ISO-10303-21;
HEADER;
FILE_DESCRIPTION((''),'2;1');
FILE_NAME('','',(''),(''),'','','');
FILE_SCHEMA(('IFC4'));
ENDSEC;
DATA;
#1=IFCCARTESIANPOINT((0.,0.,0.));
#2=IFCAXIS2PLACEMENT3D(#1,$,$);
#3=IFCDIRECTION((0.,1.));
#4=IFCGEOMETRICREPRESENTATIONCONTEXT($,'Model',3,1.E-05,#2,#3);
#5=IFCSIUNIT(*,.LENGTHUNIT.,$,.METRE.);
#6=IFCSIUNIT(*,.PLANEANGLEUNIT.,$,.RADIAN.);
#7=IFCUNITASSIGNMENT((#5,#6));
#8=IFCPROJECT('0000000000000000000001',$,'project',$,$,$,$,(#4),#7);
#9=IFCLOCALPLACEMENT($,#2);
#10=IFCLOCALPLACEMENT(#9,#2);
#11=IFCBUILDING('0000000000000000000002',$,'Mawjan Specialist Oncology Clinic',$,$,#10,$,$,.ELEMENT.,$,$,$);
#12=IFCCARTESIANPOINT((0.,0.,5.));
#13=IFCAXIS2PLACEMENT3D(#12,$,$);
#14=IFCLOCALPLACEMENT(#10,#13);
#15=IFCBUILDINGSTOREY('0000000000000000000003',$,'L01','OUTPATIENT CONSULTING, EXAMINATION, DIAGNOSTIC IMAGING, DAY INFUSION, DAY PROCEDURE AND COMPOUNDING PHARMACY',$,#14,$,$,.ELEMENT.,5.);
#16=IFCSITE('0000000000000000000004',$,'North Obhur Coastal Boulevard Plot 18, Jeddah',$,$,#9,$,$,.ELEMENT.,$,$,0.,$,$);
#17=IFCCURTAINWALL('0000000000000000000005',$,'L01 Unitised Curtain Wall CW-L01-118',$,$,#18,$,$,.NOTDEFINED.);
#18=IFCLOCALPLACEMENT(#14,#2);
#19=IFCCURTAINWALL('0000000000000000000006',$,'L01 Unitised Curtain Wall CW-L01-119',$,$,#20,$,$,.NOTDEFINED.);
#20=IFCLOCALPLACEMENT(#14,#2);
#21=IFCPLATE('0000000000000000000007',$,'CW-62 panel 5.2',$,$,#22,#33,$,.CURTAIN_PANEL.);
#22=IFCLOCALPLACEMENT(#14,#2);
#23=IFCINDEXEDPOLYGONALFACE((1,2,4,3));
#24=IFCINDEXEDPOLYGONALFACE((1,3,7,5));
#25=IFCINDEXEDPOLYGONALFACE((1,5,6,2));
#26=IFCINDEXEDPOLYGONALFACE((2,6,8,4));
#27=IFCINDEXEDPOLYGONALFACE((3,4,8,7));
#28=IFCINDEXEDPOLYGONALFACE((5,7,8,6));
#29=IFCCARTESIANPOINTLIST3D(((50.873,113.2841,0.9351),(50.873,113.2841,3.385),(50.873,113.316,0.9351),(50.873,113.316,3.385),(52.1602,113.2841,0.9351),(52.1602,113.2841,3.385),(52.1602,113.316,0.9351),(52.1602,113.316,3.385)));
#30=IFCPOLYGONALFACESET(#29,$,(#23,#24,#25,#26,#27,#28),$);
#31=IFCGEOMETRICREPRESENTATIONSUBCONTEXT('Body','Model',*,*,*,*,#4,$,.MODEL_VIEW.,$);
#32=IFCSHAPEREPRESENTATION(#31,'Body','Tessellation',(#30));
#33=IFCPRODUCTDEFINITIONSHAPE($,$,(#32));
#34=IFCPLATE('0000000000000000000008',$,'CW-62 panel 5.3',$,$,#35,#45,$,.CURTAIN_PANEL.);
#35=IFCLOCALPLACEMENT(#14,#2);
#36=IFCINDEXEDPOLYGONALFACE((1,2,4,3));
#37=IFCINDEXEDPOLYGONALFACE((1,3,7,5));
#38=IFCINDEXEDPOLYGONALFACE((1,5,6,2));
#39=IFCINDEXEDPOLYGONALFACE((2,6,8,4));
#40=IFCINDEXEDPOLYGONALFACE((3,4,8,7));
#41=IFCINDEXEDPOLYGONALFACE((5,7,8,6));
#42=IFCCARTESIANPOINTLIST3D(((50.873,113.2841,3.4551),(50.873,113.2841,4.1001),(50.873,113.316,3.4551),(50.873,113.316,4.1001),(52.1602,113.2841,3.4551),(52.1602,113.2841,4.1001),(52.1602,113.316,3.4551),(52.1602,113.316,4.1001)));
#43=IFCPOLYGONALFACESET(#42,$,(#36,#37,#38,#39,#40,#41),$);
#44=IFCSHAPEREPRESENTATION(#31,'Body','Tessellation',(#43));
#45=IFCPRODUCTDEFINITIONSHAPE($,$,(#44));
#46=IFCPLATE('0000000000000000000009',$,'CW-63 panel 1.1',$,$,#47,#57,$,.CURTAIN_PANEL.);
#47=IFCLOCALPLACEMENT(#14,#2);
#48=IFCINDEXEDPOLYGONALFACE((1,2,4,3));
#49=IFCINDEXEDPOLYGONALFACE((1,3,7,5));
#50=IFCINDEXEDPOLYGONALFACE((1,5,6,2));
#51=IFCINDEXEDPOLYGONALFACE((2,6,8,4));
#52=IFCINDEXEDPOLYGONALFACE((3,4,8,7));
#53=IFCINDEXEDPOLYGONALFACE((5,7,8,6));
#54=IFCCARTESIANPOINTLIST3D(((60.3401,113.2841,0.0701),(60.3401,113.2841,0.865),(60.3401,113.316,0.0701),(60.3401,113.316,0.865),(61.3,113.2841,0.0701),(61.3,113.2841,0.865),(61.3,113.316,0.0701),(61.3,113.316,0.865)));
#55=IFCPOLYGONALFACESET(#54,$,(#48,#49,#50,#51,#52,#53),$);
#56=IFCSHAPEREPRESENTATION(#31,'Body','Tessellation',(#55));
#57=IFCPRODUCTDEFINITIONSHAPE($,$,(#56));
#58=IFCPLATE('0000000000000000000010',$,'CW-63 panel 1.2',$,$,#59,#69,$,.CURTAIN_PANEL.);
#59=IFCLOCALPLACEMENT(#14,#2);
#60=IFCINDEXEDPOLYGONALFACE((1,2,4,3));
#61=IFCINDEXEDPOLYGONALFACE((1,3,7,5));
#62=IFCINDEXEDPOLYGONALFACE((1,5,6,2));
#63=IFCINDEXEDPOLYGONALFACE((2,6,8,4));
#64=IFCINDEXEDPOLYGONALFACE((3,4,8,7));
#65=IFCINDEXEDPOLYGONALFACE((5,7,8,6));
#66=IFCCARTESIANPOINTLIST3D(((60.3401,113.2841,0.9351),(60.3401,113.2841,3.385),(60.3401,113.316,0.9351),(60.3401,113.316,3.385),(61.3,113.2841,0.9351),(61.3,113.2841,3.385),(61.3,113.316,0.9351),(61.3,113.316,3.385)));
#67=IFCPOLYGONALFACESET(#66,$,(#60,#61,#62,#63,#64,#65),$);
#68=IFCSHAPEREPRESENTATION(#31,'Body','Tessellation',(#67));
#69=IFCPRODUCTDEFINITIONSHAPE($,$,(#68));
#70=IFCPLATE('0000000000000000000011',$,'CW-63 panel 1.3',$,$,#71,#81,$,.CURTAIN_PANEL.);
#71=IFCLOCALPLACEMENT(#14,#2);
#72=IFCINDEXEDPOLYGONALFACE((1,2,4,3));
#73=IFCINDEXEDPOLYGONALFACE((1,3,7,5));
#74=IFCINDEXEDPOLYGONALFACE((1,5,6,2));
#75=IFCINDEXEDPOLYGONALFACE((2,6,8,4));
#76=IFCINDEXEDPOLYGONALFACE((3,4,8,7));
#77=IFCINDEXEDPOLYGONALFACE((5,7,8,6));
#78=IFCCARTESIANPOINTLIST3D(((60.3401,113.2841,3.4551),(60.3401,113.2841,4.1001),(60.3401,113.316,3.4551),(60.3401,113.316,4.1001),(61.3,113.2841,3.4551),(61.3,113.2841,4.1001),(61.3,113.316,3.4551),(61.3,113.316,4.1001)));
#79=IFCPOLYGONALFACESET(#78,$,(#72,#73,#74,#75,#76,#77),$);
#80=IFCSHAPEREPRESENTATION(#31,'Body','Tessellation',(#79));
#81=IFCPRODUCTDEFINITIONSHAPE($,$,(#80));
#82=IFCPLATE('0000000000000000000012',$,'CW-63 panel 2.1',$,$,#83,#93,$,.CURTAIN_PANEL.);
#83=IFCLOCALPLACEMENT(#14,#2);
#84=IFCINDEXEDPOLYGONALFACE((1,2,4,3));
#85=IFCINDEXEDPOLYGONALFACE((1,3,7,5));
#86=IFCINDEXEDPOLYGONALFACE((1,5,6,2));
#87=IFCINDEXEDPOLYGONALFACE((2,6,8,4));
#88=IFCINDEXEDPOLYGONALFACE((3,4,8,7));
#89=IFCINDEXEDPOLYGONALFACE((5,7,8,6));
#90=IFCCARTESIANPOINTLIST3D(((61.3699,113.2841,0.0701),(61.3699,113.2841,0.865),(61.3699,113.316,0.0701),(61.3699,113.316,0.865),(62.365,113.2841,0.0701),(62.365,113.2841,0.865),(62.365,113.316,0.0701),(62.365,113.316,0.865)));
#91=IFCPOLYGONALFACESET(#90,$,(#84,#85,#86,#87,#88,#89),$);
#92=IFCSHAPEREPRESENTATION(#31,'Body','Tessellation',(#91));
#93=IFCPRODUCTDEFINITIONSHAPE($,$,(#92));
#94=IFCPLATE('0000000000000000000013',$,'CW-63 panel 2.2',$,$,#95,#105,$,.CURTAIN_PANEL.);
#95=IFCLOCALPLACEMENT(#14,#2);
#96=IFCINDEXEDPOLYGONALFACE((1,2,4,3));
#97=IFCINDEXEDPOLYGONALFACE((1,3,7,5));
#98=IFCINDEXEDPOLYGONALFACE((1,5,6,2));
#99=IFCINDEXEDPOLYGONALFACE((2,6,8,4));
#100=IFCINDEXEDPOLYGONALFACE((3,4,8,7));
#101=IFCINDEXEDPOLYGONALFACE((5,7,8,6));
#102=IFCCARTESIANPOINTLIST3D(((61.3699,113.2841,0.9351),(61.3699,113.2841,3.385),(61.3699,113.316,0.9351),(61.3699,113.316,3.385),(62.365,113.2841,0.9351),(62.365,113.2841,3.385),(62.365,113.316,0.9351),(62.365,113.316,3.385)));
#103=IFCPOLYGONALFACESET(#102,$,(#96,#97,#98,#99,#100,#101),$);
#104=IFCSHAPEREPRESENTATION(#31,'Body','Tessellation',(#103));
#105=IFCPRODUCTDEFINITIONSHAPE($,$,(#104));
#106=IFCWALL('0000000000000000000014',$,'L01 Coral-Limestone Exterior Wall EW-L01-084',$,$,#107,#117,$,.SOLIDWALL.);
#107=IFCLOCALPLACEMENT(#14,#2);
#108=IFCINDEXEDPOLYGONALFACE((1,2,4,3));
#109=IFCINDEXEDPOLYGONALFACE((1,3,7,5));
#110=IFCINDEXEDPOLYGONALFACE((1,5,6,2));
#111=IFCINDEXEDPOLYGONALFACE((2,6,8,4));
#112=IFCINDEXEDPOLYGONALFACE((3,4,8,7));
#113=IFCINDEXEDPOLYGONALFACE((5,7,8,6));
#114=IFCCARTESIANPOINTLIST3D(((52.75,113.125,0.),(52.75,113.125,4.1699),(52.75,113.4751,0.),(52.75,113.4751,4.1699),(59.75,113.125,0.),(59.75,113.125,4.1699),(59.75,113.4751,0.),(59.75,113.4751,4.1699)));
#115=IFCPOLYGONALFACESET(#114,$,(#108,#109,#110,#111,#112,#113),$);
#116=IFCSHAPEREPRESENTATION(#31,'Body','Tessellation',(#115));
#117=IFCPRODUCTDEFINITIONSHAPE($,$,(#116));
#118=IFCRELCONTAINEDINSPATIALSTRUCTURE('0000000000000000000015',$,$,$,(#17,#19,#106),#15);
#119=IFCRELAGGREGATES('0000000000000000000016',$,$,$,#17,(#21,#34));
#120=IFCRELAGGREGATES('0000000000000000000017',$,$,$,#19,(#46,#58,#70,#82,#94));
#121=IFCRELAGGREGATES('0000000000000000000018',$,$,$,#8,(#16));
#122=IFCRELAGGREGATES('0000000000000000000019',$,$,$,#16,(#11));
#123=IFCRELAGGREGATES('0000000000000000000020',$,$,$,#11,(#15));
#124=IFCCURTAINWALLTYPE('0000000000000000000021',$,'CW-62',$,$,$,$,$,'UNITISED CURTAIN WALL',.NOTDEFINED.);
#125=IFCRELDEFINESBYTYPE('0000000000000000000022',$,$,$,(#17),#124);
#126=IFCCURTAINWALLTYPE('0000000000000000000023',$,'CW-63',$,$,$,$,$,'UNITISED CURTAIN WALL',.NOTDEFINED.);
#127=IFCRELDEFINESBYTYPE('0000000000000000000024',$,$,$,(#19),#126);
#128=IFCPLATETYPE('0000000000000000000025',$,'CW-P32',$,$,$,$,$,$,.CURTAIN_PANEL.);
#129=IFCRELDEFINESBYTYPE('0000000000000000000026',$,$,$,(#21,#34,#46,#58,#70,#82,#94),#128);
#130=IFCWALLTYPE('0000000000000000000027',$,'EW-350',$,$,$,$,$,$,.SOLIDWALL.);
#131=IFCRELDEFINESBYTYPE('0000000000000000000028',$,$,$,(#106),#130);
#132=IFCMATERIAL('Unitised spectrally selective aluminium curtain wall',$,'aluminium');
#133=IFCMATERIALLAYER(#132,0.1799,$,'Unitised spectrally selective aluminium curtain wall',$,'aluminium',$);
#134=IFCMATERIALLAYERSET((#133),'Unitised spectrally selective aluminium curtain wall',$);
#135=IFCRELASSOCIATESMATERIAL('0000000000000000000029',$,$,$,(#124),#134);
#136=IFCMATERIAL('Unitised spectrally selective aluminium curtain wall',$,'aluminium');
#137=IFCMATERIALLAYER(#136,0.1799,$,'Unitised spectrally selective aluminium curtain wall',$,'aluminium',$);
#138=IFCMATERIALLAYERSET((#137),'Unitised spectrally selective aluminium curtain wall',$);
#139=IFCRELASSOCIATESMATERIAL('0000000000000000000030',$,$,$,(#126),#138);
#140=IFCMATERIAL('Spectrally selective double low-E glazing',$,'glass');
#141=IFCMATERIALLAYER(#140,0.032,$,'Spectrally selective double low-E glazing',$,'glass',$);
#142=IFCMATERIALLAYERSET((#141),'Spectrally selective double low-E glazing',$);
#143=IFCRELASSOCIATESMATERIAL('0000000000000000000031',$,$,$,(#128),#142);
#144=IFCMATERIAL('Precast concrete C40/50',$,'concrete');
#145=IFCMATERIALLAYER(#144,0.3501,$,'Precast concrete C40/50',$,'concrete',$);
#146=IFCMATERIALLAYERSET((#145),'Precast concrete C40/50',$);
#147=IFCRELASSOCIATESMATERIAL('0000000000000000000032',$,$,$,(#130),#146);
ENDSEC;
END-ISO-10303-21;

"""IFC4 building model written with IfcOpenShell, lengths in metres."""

from ifc_helpers import new_model, si_unit, direction, frame, frame_2d, origin, origin_2d, place, context, subcontext, project, spatial, rectangle, extrude, material, layer, layer_set, type_object, element, aggregate, save


model = new_model("IFC4")

# Units and contexts
model_context = context("Model", 3, precision=1e-05, world=origin(), true_north=direction((0.0, 1.0)))
body_context = subcontext(model_context, "Body", "Model", "MODEL_VIEW")
ifc_project = project(units=[si_unit("LENGTHUNIT", "METRE"), si_unit("PLANEANGLEUNIT", "RADIAN")], contexts=[model_context])

# Site, building, storey
site_placement = place(None, origin())
site = spatial("IfcSite", under=ifc_project, at=site_placement, Name="North Obhur Coastal Boulevard Plot 18, Jeddah", CompositionType="ELEMENT", RefElevation=0.0)
building_placement = place(site_placement, origin())
building = spatial("IfcBuilding", under=site, at=building_placement, Name="Mawjan Specialist Oncology Clinic", CompositionType="ELEMENT")
storey_placement = place(building_placement, frame((0.0, 0.0, 5.0)))
storey = spatial("IfcBuildingStorey", under=building, at=storey_placement, Name="L01", Description="OUTPATIENT CONSULTING, EXAMINATION, DIAGNOSTIC IMAGING, DAY INFUSION, DAY PROCEDURE AND COMPOUNDING PHARMACY", CompositionType="ELEMENT", Elevation=5.0)

# Curtain walls
ifc_material_1 = material(Name="Unitised spectrally selective aluminium curtain wall", Category="aluminium")
ifc_layer_1 = layer(ifc_material_1, 0.1799, Name="Unitised spectrally selective aluminium curtain wall", Category="aluminium")
ifc_layer_set_1 = layer_set([ifc_layer_1], Name="Unitised spectrally selective aluminium curtain wall")
curtain_wall_type_1 = type_object("IfcCurtainWallType", Name="CW-62", ElementType="UNITISED CURTAIN WALL", PredefinedType="NOTDEFINED", material=ifc_layer_set_1)
curtain_wall_1_placement = place(storey_placement, origin())
curtain_wall_1 = element("IfcCurtainWall", 1, at=curtain_wall_1_placement, inside=storey, type_object=curtain_wall_type_1, Name="L01 Unitised Curtain Wall CW-L01-118", PredefinedType="NOTDEFINED")
ifc_material_2 = material(Name="Unitised spectrally selective aluminium curtain wall", Category="aluminium")
ifc_layer_2 = layer(ifc_material_2, 0.1799, Name="Unitised spectrally selective aluminium curtain wall", Category="aluminium")
ifc_layer_set_2 = layer_set([ifc_layer_2], Name="Unitised spectrally selective aluminium curtain wall")
curtain_wall_type_2 = type_object("IfcCurtainWallType", Name="CW-63", ElementType="UNITISED CURTAIN WALL", PredefinedType="NOTDEFINED", material=ifc_layer_set_2)
curtain_wall_2_placement = place(storey_placement, origin())
curtain_wall_2 = element("IfcCurtainWall", 2, at=curtain_wall_2_placement, inside=storey, type_object=curtain_wall_type_2, Name="L01 Unitised Curtain Wall CW-L01-119", PredefinedType="NOTDEFINED")

# Plates
ifc_material_3 = material(Name="Spectrally selective double low-E glazing", Category="glass")
ifc_layer_3 = layer(ifc_material_3, 0.032, Name="Spectrally selective double low-E glazing", Category="glass")
ifc_layer_set_3 = layer_set([ifc_layer_3], Name="Spectrally selective double low-E glazing")
plate_type = type_object("IfcPlateType", Name="CW-P32", PredefinedType="CURTAIN_PANEL", material=ifc_layer_set_3)
plate_1_placement = place(storey_placement, frame((51.5166, 113.3, 0.9351), z_axis=(0.0, 0.0, 1.0), x_axis=(1.0, 0.0, 0.0)))
plate_1 = element("IfcPlate", 3, at=plate_1_placement, type_object=plate_type, Name="CW-62 panel 5.2", PredefinedType="CURTAIN_PANEL", context=body_context, shape_type="SweptSolid", body=[
    extrude(rectangle(XDim=1.2871, YDim=0.032, at=origin_2d()), origin(), (0.0, 0.0, 1.0), 2.45),
])
plate_2_placement = place(storey_placement, frame((51.5166, 113.3, 3.4551), z_axis=(0.0, 0.0, 1.0), x_axis=(1.0, 0.0, 0.0)))
plate_2 = element("IfcPlate", 4, at=plate_2_placement, type_object=plate_type, Name="CW-62 panel 5.3", PredefinedType="CURTAIN_PANEL", context=body_context, shape_type="SweptSolid", body=[
    extrude(rectangle(XDim=1.2871, YDim=0.032, at=origin_2d()), origin(), (0.0, 0.0, 1.0), 0.645),
])
aggregate(curtain_wall_1, [plate_1, plate_2])
plate_3_placement = place(storey_placement, frame((60.8201, 113.3, 0.0701), z_axis=(0.0, 0.0, 1.0), x_axis=(1.0, 0.0, 0.0)))
plate_3 = element("IfcPlate", 5, at=plate_3_placement, type_object=plate_type, Name="CW-63 panel 1.1", PredefinedType="CURTAIN_PANEL", context=body_context, shape_type="SweptSolid", body=[
    extrude(rectangle(XDim=0.96, YDim=0.032, at=origin_2d()), origin(), (0.0, 0.0, 1.0), 0.7949),
])
plate_4_placement = place(storey_placement, frame((60.8201, 113.3, 0.9351), z_axis=(0.0, 0.0, 1.0), x_axis=(1.0, 0.0, 0.0)))
plate_4 = element("IfcPlate", 6, at=plate_4_placement, type_object=plate_type, Name="CW-63 panel 1.2", PredefinedType="CURTAIN_PANEL", context=body_context, shape_type="SweptSolid", body=[
    extrude(rectangle(XDim=0.96, YDim=0.032, at=origin_2d()), origin(), (0.0, 0.0, 1.0), 2.45),
])
plate_5_placement = place(storey_placement, frame((60.8201, 113.3, 3.4551), z_axis=(0.0, 0.0, 1.0), x_axis=(1.0, 0.0, 0.0)))
plate_5 = element("IfcPlate", 7, at=plate_5_placement, type_object=plate_type, Name="CW-63 panel 1.3", PredefinedType="CURTAIN_PANEL", context=body_context, shape_type="SweptSolid", body=[
    extrude(rectangle(XDim=0.96, YDim=0.032, at=origin_2d()), origin(), (0.0, 0.0, 1.0), 0.645),
])
plate_6_placement = place(storey_placement, frame((61.8674, 113.3, 0.0701), z_axis=(0.0, 0.0, 1.0), x_axis=(1.0, 0.0, 0.0)))
plate_6 = element("IfcPlate", 8, at=plate_6_placement, type_object=plate_type, Name="CW-63 panel 2.1", PredefinedType="CURTAIN_PANEL", context=body_context, shape_type="SweptSolid", body=[
    extrude(rectangle(XDim=0.9951, YDim=0.032, at=origin_2d()), origin(), (0.0, 0.0, 1.0), 0.7949),
])
plate_7_placement = place(storey_placement, frame((61.8674, 113.3, 0.9351), z_axis=(0.0, 0.0, 1.0), x_axis=(1.0, 0.0, 0.0)))
plate_7 = element("IfcPlate", 9, at=plate_7_placement, type_object=plate_type, Name="CW-63 panel 2.2", PredefinedType="CURTAIN_PANEL", context=body_context, shape_type="SweptSolid", body=[
    extrude(rectangle(XDim=0.9951, YDim=0.032, at=origin_2d()), origin(), (0.0, 0.0, 1.0), 2.45),
])
aggregate(curtain_wall_2, [plate_3, plate_4, plate_5, plate_6, plate_7])

# Wall
ifc_material_4 = material(Name="Precast concrete C40/50", Category="concrete")
ifc_layer_4 = layer(ifc_material_4, 0.3501, Name="Precast concrete C40/50", Category="concrete")
ifc_layer_set_4 = layer_set([ifc_layer_4], Name="Precast concrete C40/50")
wall_type = type_object("IfcWallType", Name="EW-350", PredefinedType="SOLIDWALL", material=ifc_layer_set_4)
wall_placement = place(storey_placement, frame((52.75, 113.3, 0.0), z_axis=(0.0, 0.0, 1.0), x_axis=(1.0, 0.0, 0.0)))
element("IfcWall", 10, at=wall_placement, inside=storey, type_object=wall_type, Name="L01 Coral-Limestone Exterior Wall EW-L01-084", PredefinedType="SOLIDWALL", context=body_context, shape_type="SweptSolid", body=[
    extrude(rectangle(XDim=7.0, YDim=0.3501, at=frame_2d((3.5, 0.0))), origin(), (0.0, 0.0, 1.0), 4.1699),
])

save(model, "model.ifc")
